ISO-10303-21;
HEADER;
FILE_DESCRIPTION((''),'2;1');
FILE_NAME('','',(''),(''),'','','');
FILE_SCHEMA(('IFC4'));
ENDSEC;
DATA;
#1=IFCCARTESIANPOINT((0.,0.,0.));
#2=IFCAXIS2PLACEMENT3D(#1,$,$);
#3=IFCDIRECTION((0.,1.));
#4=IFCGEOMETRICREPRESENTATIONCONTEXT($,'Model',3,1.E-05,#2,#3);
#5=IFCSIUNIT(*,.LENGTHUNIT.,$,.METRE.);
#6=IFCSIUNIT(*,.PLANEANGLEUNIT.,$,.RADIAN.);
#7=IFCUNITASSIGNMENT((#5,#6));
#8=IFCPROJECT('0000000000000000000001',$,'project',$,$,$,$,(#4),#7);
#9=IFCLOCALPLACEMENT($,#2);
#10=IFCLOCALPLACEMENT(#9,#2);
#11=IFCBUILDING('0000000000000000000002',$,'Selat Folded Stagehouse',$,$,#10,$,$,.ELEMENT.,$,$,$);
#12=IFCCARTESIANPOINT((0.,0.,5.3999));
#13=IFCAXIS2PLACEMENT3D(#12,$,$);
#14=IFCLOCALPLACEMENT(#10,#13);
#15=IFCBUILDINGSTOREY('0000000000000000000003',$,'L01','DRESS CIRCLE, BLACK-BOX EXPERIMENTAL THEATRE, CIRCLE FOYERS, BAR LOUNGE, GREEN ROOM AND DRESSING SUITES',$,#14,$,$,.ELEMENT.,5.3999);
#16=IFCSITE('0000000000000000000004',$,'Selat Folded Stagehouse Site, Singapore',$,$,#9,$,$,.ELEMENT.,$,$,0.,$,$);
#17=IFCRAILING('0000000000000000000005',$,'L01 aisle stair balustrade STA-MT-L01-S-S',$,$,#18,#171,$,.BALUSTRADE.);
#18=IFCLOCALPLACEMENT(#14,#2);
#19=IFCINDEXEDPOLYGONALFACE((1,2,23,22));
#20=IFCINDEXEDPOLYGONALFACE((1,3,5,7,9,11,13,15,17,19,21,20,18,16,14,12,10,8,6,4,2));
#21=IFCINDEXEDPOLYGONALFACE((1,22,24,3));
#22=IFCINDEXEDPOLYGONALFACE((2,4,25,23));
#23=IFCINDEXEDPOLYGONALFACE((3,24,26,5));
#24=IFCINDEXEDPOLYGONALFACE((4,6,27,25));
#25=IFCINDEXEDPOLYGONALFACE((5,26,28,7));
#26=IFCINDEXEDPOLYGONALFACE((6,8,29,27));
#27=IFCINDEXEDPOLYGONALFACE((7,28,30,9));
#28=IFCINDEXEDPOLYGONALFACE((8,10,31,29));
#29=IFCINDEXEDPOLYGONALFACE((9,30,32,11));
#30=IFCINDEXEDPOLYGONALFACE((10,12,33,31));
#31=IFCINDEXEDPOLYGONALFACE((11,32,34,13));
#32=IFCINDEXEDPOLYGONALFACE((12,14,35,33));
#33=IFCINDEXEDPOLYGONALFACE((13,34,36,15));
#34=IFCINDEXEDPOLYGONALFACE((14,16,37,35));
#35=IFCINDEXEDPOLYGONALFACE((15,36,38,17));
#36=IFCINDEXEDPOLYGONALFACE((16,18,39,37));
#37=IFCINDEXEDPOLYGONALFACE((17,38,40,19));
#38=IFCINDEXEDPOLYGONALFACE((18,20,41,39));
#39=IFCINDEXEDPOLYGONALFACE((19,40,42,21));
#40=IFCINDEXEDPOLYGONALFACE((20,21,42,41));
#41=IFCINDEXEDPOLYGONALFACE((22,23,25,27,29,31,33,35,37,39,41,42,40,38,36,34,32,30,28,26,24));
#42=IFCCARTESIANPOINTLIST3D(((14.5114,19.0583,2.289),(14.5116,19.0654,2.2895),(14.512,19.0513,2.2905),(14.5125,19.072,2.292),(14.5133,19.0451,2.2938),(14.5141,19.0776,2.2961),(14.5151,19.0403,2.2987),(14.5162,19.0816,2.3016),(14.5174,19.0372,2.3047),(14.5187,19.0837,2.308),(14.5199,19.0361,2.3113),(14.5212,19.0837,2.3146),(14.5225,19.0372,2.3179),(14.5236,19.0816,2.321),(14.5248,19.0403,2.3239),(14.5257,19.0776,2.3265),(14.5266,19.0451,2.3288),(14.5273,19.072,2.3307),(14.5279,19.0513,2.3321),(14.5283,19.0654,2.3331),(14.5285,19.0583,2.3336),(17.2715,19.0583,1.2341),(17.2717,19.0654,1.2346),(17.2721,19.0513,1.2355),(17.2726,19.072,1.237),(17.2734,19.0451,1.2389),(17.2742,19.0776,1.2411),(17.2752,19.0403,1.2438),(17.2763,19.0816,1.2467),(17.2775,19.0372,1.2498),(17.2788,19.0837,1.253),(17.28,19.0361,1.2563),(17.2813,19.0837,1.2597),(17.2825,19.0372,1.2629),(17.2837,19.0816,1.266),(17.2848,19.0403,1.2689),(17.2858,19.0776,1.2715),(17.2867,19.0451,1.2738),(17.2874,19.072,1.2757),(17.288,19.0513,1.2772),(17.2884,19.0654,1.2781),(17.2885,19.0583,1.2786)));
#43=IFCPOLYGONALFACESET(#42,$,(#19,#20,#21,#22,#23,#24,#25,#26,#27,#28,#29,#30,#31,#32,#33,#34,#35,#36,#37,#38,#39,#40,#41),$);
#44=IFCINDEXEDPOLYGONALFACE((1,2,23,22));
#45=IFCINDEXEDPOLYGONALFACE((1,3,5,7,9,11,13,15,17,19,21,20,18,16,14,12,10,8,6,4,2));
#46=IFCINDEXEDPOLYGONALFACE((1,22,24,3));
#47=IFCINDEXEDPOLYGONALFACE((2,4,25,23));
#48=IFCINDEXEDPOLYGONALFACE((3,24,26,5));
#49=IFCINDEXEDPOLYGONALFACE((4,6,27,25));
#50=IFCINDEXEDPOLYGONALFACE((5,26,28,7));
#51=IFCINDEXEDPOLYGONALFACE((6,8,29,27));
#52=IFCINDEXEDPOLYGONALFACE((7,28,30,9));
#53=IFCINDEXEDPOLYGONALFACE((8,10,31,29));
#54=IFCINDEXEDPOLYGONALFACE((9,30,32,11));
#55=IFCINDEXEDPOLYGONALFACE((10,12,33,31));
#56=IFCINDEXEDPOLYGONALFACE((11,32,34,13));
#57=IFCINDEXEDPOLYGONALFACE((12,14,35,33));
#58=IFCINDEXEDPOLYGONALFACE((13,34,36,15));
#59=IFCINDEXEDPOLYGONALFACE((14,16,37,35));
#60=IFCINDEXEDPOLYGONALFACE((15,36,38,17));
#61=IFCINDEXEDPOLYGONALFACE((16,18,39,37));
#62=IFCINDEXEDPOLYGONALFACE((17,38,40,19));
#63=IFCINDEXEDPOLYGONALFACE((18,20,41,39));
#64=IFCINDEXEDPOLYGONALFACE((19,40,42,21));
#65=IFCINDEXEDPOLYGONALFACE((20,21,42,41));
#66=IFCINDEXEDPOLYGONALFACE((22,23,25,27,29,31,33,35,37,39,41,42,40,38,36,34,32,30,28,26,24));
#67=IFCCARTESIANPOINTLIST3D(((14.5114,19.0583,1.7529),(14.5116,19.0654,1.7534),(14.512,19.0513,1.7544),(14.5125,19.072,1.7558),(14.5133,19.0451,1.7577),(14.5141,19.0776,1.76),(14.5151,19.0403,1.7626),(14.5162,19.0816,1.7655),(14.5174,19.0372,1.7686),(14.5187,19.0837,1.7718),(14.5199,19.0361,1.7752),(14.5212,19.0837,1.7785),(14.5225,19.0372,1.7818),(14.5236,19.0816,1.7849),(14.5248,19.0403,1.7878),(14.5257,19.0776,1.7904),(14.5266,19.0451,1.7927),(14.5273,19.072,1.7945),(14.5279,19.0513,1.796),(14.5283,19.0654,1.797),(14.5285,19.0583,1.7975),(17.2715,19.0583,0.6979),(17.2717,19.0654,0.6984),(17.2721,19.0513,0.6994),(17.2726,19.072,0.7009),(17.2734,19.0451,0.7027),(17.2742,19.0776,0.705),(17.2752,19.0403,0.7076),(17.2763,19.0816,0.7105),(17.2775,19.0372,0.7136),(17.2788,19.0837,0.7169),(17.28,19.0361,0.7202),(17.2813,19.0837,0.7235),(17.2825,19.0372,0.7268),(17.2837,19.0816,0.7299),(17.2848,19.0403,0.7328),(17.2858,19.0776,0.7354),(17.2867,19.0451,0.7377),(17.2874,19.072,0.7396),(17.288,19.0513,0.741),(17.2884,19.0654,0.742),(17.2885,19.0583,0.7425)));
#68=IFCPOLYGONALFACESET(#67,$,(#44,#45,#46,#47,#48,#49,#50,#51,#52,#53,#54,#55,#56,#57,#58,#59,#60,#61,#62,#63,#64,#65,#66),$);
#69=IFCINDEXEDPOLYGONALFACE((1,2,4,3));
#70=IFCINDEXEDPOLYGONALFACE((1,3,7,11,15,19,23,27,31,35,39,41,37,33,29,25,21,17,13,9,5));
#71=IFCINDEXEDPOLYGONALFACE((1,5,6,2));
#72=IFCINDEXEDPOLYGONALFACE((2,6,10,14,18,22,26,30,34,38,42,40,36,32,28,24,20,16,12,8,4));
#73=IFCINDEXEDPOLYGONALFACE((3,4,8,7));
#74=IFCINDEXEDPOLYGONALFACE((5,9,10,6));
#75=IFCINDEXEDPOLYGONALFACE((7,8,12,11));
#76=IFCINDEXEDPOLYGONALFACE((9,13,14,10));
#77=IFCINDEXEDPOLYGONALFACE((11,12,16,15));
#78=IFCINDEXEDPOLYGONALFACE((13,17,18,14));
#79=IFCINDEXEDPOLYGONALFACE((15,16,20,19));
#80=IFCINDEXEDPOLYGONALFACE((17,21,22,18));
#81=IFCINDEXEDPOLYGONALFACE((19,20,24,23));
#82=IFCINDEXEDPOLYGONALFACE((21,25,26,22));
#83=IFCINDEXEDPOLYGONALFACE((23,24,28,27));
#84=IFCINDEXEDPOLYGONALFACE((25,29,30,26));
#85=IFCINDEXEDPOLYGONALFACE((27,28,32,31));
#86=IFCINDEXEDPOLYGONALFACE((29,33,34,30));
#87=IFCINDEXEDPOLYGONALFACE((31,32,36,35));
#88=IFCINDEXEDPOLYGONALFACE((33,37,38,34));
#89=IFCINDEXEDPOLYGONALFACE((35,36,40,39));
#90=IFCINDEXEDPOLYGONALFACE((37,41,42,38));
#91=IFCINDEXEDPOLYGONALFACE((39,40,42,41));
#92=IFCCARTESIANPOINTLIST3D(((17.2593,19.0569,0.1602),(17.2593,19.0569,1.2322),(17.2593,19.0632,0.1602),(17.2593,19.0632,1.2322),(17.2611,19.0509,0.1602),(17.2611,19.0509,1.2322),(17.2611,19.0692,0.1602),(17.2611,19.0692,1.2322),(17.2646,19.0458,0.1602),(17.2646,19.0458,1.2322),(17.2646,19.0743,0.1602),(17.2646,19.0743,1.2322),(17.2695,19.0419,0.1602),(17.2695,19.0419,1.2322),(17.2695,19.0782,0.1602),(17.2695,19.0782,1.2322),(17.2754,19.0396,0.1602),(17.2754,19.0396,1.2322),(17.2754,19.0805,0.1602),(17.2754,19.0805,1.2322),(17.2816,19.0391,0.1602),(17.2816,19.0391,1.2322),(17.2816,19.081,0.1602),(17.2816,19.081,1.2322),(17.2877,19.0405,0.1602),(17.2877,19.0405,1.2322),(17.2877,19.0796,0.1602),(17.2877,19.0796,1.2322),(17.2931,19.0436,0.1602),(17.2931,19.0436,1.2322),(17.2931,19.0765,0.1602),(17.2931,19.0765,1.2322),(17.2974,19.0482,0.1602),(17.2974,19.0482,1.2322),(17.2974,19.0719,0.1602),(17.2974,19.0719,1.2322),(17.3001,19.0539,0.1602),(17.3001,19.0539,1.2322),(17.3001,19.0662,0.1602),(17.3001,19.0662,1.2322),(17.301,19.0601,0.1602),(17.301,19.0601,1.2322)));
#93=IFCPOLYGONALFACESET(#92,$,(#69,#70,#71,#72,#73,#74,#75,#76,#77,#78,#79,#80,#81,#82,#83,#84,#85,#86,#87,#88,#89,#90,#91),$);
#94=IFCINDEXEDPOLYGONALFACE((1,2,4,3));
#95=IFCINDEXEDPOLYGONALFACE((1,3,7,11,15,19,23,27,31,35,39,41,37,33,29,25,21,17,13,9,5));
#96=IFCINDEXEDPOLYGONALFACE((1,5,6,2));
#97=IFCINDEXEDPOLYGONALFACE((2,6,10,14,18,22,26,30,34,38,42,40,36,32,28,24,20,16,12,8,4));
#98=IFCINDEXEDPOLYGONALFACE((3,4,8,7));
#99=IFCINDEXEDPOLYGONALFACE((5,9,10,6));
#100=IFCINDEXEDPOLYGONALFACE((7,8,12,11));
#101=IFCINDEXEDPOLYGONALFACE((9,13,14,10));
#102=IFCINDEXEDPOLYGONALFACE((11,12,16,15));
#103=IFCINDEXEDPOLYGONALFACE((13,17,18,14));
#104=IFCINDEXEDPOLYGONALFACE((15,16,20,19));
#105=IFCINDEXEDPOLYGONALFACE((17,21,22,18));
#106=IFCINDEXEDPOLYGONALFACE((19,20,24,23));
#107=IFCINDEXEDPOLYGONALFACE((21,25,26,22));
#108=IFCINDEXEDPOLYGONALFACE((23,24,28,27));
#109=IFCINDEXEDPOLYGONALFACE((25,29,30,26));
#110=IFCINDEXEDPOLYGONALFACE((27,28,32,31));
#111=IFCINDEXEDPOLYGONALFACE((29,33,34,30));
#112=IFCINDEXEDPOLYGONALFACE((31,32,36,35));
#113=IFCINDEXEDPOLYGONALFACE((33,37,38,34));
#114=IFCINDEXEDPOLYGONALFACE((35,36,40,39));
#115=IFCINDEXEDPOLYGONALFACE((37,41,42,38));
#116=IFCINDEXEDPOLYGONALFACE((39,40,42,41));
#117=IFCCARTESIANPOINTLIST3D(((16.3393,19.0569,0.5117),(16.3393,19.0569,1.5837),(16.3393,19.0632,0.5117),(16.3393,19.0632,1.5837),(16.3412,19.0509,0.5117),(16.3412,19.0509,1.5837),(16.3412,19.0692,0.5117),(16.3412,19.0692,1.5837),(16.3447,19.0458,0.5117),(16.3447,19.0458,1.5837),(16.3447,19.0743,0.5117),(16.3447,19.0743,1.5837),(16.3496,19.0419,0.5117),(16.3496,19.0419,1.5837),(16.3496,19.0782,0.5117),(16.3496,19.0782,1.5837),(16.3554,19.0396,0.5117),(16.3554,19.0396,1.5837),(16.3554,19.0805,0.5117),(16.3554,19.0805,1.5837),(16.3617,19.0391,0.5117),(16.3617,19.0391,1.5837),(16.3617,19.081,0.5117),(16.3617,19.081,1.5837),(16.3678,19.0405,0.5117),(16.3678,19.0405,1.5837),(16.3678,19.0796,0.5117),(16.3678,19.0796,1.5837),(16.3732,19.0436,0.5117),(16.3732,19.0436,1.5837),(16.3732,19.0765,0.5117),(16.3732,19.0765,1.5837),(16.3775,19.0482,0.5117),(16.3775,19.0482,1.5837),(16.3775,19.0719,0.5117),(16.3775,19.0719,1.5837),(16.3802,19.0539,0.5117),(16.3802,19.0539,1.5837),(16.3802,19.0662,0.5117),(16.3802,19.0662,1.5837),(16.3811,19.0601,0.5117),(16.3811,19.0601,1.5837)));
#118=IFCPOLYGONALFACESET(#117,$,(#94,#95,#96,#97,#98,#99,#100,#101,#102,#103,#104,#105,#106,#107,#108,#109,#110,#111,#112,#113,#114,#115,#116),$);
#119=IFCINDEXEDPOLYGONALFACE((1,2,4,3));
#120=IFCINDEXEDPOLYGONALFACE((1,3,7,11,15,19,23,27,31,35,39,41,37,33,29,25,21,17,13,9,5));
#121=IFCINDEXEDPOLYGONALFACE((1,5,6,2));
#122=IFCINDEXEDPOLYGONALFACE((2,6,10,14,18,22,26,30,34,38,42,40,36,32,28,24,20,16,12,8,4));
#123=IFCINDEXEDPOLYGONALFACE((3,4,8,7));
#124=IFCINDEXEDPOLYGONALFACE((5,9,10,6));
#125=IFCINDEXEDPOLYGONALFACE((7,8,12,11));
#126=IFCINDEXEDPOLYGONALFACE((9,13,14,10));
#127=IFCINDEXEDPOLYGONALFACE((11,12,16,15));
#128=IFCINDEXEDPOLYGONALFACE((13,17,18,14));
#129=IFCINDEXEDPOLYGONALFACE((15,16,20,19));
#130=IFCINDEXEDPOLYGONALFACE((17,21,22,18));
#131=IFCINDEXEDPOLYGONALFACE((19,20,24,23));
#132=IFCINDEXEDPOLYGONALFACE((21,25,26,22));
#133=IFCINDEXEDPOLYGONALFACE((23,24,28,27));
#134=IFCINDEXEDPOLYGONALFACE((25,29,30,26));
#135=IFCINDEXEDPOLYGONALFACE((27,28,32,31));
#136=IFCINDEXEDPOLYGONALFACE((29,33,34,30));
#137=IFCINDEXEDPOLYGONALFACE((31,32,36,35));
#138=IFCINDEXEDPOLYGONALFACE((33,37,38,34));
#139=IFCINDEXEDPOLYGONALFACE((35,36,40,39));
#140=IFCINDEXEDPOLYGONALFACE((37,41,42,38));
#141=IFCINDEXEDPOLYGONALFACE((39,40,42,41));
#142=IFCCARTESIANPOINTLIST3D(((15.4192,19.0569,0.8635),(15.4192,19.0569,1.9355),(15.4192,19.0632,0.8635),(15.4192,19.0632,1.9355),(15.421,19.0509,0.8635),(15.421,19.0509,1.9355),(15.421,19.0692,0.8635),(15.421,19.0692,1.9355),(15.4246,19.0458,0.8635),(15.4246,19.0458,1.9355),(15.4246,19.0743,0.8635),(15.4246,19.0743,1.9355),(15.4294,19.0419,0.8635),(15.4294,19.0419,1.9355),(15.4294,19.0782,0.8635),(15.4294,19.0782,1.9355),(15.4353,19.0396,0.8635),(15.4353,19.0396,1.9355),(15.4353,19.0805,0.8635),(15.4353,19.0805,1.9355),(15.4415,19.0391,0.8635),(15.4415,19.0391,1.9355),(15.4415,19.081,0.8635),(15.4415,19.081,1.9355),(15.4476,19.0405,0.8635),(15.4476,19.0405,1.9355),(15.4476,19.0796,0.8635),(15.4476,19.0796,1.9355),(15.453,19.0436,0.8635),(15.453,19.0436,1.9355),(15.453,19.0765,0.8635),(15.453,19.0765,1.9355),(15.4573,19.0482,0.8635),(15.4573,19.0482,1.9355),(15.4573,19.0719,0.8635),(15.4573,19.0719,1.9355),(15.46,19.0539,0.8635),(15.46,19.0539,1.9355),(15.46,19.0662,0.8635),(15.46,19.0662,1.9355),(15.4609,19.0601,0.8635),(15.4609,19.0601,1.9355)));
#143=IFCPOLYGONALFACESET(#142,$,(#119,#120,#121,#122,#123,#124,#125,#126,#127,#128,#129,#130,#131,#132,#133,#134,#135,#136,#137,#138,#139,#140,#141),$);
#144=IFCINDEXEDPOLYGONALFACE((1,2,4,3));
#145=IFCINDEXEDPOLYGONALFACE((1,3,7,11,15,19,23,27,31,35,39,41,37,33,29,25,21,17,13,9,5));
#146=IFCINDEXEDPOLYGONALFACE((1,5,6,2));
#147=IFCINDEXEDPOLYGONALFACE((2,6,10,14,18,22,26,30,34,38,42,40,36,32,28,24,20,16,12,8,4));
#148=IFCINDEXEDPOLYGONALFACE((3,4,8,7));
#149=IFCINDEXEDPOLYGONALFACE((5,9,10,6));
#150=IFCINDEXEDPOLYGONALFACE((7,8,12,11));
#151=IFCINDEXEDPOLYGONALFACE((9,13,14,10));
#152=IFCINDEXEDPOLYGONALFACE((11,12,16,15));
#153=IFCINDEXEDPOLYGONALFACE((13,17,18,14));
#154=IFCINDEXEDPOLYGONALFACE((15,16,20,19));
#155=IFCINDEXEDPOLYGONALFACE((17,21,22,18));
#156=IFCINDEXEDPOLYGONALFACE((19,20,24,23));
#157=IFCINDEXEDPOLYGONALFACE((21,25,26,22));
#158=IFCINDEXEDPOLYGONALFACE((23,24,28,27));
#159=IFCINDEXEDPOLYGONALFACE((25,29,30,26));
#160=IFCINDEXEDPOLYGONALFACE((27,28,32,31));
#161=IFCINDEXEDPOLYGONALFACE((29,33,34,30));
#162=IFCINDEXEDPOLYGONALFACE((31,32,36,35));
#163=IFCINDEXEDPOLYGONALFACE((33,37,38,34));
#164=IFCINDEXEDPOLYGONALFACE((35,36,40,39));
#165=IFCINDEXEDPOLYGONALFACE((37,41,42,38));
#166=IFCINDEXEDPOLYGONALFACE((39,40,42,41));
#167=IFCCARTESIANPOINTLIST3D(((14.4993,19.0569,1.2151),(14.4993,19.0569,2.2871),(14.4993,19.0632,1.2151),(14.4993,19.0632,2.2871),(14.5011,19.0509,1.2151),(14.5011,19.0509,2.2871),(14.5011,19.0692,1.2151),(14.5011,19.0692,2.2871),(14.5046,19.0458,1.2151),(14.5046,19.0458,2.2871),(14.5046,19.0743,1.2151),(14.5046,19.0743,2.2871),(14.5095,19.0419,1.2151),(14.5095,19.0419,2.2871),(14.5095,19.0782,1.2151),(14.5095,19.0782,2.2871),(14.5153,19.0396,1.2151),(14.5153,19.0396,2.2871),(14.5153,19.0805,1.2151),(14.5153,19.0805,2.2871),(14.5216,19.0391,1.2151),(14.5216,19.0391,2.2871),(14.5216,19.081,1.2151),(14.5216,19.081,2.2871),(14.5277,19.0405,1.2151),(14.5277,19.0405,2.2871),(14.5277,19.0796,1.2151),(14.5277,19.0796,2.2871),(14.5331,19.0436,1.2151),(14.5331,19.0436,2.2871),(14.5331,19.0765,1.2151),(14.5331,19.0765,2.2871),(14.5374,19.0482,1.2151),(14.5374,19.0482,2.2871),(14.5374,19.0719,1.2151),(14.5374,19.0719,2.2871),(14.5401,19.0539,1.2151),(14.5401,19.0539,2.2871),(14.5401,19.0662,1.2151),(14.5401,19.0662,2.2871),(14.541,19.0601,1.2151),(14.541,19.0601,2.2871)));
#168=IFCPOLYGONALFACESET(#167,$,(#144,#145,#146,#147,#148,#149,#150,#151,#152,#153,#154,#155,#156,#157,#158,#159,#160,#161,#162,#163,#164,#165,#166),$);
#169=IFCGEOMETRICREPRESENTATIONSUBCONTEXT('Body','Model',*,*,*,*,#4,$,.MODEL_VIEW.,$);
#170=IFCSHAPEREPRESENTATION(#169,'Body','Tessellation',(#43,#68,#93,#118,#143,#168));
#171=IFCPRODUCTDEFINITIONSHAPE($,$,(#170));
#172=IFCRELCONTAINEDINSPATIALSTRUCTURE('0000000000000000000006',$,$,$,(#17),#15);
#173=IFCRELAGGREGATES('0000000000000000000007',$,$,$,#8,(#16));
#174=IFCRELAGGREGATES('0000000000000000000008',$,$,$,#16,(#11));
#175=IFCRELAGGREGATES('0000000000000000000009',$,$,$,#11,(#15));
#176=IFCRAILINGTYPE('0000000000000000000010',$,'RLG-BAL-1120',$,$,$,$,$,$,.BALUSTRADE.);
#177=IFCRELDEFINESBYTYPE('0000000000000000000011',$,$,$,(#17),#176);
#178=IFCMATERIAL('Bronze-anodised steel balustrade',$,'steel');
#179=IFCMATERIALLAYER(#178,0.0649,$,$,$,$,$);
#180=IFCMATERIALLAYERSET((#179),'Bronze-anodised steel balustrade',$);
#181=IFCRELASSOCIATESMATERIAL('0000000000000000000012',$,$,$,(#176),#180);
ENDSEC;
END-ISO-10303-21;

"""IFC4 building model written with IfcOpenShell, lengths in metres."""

from ifc_helpers import new_model, si_unit, direction, frame, origin, origin_2d, place, context, subcontext, project, spatial, circle, extrude, material, layer, layer_set, type_object, element, save


model = new_model("IFC4")

# Units and contexts
model_context = context("Model", 3, precision=1e-05, world=origin(), true_north=direction((0.0, 1.0)))
body_context = subcontext(model_context, "Body", "Model", "MODEL_VIEW")
ifc_project = project(units=[si_unit("LENGTHUNIT", "METRE"), si_unit("PLANEANGLEUNIT", "RADIAN")], contexts=[model_context])

# Site, building, storey
site_placement = place(None, origin())
site = spatial("IfcSite", under=ifc_project, at=site_placement, Name="Selat Folded Stagehouse Site, Singapore", CompositionType="ELEMENT", RefElevation=0.0)
building_placement = place(site_placement, origin())
building = spatial("IfcBuilding", under=site, at=building_placement, Name="Selat Folded Stagehouse", CompositionType="ELEMENT")
storey_placement = place(building_placement, frame((0.0, 0.0, 5.3999)))
storey = spatial("IfcBuildingStorey", under=building, at=storey_placement, Name="L01", Description="DRESS CIRCLE, BLACK-BOX EXPERIMENTAL THEATRE, CIRCLE FOYERS, BAR LOUNGE, GREEN ROOM AND DRESSING SUITES", CompositionType="ELEMENT", Elevation=5.3999)

# Railing
ifc_material_1 = material(Name="Bronze-anodised steel balustrade", Category="steel")
ifc_layer_1 = layer(ifc_material_1, 0.0649)
ifc_layer_set_1 = layer_set([ifc_layer_1], Name="Bronze-anodised steel balustrade")
railing_type_1 = type_object("IfcRailingType", Name="RLG-BAL-1120", PredefinedType="BALUSTRADE", material=ifc_layer_set_1)
for number, where, name in (
    (1, (17.28, 19.0601, 0.1602), "L01 aisle stair balustrade STA-MT-L01-S-S"),
):
    element("IfcRailing", number, at=place(storey_placement, frame(where)), inside=storey, type_object=railing_type_1, Name=name, PredefinedType="BALUSTRADE", context=body_context, shape_type="SweptSolid", body=[
        extrude(circle(Radius=0.0239, at=origin_2d()), frame((0.0, 0.0, 1.0962), z_axis=(-0.934093, 0.0, 0.357029), x_axis=(0.0, -1.0, 0.0)), (0.0, 0.0, 1.0), 2.9548),
        extrude(circle(Radius=0.0239, at=origin_2d()), frame((0.0, 0.0, 0.5601), z_axis=(-0.934093, 0.0, 0.357029), x_axis=(0.0, -1.0, 0.0)), (0.0, 0.0, 1.0), 2.9548),
        extrude(circle(Radius=0.021, at=origin_2d()), origin(), (0.0, 0.0, 1.0), 1.072),
        extrude(circle(Radius=0.021, at=origin_2d()), frame((-0.9199, 0.0, 0.3516)), (0.0, 0.0, 1.0), 1.072),
        extrude(circle(Radius=0.021, at=origin_2d()), frame((-1.8401, 0.0, 0.7034)), (0.0, 0.0, 1.0), 1.072),
        extrude(circle(Radius=0.021, at=origin_2d()), frame((-2.76, 0.0, 1.0549)), (0.0, 0.0, 1.0), 1.072),
    ])

save(model, "model.ifc")
